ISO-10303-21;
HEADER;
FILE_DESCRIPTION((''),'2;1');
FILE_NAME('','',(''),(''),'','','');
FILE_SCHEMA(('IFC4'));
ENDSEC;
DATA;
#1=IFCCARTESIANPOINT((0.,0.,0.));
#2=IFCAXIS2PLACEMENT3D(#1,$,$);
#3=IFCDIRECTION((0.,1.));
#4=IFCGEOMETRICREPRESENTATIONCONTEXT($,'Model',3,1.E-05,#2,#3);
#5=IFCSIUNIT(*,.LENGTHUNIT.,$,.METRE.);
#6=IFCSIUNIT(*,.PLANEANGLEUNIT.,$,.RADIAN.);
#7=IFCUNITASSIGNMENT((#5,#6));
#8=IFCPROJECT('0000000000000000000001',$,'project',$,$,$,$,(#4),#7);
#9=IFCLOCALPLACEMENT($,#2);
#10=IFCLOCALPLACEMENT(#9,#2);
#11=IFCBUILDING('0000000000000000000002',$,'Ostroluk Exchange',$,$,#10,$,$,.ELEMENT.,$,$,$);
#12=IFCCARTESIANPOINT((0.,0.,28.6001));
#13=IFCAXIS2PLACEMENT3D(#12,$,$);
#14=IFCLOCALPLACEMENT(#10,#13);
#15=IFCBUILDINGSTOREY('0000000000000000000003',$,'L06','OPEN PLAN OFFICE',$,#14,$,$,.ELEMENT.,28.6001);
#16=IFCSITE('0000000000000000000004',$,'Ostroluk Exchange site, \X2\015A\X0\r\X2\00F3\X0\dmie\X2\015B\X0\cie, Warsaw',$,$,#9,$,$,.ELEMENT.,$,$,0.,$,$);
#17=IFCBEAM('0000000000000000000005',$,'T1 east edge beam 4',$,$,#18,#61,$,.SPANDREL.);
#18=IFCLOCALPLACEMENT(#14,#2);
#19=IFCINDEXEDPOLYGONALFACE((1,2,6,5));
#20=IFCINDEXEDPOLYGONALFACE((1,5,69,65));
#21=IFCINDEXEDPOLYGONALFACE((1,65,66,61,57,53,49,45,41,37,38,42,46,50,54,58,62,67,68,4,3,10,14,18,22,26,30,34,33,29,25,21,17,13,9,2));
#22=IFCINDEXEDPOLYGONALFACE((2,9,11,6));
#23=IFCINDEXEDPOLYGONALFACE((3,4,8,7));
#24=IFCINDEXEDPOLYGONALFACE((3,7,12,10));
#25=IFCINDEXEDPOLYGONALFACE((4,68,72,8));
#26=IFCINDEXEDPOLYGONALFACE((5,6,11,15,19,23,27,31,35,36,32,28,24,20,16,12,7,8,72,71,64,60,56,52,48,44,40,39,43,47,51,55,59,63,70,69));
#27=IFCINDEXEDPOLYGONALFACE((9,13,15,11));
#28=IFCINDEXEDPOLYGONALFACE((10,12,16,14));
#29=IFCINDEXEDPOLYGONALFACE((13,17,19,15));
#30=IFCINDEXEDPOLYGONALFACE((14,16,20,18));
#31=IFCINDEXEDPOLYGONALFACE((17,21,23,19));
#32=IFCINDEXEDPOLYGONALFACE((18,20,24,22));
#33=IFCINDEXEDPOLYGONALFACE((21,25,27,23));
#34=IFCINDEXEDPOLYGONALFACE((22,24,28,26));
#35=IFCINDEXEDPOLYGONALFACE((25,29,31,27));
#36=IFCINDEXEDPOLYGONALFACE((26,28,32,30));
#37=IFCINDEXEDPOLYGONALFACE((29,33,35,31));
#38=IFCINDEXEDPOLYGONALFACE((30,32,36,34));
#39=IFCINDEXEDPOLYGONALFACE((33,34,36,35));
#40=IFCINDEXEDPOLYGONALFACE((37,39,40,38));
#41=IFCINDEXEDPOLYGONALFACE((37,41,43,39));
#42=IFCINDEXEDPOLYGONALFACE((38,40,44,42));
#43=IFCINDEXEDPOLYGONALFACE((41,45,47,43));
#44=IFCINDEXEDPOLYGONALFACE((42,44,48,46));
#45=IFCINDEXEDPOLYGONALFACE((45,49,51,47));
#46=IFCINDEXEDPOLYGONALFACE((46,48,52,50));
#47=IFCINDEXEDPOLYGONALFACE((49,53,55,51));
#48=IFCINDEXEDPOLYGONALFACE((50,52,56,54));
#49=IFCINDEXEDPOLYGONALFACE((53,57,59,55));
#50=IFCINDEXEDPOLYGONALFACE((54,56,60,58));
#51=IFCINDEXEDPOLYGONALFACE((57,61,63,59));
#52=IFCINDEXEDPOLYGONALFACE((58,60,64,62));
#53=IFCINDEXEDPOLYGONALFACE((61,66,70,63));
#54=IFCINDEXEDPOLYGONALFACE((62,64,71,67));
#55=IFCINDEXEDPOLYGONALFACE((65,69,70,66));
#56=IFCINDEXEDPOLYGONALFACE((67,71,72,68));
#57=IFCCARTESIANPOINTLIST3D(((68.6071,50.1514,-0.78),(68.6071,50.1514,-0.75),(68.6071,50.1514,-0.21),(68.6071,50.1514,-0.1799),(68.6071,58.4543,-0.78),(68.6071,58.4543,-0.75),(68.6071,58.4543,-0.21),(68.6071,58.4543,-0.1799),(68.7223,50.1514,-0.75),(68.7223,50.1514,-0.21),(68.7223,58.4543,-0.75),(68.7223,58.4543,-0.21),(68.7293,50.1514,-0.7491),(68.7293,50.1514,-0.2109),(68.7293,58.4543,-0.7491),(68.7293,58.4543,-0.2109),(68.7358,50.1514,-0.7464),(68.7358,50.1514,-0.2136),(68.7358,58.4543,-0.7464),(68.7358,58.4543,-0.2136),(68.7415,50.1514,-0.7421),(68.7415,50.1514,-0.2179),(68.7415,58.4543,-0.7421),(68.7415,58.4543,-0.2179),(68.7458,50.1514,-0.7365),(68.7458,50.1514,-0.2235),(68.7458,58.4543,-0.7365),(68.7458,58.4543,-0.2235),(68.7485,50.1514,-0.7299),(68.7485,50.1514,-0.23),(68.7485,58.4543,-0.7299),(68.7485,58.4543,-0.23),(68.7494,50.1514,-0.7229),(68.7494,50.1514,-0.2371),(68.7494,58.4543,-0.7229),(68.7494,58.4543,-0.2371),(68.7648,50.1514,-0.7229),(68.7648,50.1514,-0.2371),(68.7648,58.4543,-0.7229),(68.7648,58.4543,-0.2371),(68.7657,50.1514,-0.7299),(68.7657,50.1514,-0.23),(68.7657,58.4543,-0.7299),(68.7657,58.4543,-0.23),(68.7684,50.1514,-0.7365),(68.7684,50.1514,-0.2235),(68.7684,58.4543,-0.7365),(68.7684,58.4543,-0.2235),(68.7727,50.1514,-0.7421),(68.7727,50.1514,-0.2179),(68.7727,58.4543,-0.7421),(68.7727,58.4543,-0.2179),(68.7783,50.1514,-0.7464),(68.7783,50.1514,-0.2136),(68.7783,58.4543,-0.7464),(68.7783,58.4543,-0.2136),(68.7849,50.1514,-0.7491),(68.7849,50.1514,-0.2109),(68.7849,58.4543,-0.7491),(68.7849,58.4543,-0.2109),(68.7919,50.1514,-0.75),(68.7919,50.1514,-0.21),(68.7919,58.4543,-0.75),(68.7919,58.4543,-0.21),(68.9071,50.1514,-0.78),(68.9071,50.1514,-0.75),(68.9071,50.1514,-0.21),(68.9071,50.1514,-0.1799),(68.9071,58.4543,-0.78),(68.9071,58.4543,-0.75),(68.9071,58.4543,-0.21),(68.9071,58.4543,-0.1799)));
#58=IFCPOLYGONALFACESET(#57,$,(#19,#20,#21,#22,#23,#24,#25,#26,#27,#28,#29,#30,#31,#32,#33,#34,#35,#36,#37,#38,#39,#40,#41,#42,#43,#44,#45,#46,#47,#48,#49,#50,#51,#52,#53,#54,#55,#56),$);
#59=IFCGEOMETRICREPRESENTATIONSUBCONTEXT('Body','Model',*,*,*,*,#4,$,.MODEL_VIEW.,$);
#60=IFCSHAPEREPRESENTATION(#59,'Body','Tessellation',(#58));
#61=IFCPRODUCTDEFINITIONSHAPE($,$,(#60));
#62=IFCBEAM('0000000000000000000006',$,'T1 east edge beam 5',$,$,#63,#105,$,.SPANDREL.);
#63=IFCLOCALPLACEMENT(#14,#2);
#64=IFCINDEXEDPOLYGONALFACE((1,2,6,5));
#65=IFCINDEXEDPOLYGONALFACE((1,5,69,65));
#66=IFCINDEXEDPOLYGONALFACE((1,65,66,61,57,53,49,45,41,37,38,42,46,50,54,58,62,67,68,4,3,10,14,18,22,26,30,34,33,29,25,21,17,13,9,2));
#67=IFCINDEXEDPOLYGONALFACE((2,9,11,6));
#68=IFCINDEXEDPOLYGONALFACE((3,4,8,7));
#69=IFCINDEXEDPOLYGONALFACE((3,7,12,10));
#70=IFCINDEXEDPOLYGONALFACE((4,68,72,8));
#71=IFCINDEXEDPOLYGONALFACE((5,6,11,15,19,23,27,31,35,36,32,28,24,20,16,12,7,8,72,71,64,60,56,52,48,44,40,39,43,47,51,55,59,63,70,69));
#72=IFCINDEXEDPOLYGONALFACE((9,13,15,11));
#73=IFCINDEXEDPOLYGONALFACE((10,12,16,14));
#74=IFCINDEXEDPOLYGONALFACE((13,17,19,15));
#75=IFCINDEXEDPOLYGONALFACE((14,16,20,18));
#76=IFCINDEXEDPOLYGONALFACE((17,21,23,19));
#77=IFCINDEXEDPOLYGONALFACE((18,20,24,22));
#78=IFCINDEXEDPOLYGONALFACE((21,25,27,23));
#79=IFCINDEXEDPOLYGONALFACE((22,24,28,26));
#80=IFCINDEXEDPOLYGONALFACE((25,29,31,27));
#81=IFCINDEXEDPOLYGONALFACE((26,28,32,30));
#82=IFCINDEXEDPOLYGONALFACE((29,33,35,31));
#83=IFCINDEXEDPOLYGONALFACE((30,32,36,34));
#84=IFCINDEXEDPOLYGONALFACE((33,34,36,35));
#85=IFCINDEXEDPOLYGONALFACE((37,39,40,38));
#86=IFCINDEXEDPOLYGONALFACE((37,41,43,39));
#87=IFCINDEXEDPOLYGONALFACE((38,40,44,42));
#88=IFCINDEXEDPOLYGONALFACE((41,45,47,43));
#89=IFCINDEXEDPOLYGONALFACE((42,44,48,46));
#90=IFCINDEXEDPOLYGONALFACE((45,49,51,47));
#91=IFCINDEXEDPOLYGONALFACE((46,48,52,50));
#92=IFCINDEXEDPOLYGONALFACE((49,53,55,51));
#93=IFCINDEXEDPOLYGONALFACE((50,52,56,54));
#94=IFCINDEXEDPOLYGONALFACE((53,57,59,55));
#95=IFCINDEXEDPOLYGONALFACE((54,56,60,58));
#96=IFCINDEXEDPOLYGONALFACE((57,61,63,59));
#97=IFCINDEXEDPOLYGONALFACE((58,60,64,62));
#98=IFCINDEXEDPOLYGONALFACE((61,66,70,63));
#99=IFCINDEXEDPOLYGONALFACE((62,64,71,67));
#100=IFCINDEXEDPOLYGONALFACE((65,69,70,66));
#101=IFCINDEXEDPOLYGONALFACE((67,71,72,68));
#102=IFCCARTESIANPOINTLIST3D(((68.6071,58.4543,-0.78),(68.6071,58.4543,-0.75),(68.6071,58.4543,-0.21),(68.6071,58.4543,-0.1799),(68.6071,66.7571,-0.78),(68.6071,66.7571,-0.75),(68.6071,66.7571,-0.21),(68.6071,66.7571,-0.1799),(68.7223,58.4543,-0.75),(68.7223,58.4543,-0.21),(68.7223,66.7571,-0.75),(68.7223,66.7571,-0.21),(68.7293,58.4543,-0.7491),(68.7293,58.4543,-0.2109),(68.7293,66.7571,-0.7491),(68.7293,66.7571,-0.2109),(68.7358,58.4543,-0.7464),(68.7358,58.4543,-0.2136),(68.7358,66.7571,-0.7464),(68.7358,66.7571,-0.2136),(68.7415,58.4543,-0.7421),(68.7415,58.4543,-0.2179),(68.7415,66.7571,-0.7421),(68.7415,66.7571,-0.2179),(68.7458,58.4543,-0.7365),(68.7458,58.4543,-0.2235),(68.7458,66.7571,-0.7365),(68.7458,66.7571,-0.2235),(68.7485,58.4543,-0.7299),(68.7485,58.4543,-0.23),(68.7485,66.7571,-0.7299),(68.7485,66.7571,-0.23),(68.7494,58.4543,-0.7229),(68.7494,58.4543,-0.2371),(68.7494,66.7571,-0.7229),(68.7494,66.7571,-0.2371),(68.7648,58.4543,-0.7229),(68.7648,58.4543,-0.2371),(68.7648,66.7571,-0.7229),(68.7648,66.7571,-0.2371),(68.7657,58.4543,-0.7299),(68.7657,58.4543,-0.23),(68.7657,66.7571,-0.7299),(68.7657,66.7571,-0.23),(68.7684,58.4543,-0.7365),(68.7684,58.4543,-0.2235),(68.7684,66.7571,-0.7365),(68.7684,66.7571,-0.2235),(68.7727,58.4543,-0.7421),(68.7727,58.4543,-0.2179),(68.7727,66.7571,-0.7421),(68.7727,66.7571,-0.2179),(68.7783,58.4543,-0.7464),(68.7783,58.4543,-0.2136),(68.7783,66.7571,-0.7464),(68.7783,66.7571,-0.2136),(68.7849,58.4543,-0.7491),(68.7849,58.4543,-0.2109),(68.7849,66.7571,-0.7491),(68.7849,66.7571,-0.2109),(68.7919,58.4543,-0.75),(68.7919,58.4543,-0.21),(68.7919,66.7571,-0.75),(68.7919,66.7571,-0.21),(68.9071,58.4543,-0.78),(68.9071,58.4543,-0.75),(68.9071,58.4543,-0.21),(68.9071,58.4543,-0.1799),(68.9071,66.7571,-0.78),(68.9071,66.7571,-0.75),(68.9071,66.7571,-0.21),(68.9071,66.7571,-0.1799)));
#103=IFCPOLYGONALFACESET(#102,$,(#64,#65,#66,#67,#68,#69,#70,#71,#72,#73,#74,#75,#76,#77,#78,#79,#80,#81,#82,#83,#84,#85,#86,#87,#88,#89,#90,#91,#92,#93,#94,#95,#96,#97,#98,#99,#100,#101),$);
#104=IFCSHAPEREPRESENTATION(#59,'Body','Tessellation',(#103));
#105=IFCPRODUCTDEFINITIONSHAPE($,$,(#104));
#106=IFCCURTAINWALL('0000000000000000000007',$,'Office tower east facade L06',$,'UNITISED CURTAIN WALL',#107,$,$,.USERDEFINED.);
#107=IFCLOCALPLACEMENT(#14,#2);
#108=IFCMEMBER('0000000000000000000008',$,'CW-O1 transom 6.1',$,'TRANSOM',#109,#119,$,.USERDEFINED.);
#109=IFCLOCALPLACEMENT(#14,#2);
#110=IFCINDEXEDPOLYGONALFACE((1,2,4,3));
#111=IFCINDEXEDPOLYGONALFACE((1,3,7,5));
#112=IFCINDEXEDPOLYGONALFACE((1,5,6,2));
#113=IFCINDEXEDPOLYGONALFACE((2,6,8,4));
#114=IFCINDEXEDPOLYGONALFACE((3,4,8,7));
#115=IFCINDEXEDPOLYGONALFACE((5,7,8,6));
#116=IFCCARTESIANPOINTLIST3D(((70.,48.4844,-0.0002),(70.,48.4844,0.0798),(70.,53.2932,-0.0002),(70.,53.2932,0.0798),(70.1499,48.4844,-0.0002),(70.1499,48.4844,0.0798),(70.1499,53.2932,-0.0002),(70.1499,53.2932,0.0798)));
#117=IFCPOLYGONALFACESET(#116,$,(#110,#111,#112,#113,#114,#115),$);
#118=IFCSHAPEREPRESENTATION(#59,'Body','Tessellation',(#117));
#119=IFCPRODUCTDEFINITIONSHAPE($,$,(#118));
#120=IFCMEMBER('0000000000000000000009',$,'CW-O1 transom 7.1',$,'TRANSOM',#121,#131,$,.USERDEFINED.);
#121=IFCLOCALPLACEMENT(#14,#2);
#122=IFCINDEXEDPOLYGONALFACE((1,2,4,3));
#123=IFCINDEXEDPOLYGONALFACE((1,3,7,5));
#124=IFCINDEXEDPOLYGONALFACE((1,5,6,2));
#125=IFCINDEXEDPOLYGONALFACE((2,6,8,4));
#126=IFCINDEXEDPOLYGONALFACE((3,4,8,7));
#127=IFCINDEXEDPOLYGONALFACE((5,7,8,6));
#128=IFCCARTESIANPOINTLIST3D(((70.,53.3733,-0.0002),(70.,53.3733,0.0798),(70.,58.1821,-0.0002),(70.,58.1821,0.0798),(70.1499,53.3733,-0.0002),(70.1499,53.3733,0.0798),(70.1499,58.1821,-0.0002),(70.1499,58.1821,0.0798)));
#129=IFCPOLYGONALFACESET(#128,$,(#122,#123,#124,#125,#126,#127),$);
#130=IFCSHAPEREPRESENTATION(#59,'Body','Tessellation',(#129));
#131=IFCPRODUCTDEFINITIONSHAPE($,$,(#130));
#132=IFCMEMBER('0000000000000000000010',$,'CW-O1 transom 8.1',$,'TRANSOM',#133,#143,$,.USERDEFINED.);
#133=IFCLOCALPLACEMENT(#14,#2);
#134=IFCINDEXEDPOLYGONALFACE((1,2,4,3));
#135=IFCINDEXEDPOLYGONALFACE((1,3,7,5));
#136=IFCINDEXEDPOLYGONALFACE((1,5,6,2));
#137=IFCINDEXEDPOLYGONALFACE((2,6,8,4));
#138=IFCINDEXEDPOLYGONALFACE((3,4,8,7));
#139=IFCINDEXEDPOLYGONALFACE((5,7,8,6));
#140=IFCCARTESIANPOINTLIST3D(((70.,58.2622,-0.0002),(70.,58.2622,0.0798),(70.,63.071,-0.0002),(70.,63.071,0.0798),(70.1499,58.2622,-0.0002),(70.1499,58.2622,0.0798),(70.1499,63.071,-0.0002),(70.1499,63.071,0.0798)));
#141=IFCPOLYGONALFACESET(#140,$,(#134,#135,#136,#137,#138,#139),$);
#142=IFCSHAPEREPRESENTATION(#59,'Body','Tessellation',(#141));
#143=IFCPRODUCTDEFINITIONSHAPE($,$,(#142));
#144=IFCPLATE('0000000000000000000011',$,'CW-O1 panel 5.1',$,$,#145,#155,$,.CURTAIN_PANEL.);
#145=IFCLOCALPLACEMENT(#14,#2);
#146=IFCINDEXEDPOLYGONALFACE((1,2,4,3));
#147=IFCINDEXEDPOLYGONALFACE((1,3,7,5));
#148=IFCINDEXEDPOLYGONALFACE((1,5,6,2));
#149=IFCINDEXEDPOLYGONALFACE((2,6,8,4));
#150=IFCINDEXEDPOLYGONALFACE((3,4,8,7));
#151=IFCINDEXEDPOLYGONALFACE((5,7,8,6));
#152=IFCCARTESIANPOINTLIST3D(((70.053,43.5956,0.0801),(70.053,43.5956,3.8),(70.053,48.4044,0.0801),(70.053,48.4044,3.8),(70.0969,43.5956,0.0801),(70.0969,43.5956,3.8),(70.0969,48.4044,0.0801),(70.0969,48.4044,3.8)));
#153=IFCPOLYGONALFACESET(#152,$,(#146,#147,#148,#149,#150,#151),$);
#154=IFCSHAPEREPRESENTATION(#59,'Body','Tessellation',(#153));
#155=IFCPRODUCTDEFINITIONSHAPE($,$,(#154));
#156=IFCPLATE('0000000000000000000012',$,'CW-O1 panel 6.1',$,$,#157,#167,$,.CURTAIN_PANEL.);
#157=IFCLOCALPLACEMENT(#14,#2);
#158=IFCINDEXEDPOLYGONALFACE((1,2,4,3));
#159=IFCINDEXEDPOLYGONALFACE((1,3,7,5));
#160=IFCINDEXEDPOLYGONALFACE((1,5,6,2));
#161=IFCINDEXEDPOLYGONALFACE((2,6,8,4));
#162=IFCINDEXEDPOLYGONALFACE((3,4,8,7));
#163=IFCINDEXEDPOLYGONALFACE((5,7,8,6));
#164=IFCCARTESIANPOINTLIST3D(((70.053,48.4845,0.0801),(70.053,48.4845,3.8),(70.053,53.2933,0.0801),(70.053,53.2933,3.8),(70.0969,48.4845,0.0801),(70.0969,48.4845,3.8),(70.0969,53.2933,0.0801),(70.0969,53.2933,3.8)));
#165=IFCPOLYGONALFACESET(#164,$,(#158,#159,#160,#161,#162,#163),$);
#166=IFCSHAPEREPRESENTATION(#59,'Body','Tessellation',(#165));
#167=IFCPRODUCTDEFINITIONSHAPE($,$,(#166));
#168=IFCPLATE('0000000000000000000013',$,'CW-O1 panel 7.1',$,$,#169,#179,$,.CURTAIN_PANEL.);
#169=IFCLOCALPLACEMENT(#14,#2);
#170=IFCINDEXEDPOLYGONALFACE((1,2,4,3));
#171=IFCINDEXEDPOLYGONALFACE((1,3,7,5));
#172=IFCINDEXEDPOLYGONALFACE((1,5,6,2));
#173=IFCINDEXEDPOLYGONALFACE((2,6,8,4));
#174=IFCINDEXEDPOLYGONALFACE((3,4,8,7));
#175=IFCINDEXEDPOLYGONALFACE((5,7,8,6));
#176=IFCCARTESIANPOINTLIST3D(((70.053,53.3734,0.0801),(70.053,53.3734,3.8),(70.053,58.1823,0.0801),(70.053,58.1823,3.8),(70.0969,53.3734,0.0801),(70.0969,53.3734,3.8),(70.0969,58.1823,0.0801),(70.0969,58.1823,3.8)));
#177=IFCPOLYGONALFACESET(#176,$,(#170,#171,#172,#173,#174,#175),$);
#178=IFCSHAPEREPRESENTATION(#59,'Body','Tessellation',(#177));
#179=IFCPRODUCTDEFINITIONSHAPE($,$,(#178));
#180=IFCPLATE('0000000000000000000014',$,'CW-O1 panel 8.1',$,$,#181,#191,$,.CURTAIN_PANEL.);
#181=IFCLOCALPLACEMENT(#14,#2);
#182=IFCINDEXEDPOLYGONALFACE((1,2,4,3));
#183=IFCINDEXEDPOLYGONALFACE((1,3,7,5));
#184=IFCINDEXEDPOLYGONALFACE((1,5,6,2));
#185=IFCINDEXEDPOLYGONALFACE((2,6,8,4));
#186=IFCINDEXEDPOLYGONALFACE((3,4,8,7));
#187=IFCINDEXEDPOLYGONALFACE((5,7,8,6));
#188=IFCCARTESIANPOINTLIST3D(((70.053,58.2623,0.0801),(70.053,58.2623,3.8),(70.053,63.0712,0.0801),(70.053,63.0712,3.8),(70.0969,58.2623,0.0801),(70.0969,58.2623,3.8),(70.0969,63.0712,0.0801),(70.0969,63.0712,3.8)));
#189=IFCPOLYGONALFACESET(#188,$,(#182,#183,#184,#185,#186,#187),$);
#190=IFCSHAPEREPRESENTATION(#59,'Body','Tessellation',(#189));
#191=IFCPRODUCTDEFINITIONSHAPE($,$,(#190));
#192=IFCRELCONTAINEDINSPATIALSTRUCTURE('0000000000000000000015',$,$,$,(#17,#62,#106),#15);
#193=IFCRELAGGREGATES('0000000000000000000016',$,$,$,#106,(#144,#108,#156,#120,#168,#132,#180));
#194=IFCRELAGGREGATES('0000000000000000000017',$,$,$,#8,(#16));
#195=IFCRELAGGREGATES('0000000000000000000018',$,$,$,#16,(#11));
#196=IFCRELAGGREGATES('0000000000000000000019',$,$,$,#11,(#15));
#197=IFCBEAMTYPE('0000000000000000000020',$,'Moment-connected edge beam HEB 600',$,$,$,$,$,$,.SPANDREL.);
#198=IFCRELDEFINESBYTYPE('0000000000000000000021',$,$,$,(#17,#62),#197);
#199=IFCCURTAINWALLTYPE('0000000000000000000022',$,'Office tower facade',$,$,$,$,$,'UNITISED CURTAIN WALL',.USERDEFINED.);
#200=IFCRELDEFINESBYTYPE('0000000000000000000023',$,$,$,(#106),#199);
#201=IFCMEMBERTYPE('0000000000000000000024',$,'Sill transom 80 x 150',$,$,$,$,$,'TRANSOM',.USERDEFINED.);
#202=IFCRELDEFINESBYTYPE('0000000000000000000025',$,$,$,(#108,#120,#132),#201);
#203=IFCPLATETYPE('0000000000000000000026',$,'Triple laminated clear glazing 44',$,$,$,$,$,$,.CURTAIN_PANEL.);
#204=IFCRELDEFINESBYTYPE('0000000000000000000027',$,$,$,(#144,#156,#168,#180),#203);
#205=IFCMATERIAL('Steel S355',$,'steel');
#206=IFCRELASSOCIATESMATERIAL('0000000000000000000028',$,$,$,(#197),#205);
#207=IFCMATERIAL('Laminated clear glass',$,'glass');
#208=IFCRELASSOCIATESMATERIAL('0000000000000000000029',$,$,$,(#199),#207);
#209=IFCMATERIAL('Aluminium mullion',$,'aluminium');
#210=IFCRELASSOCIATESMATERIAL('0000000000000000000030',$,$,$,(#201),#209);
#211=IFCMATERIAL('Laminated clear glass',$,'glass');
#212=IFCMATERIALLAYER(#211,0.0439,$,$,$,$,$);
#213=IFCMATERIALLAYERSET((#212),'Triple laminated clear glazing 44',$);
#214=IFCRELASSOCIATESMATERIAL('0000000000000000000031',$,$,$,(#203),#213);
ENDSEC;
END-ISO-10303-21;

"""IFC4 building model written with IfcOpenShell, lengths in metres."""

from ifc_helpers import new_model, si_unit, direction, frame, origin, origin_2d, place, context, subcontext, project, spatial, rectangle, i_section, extrude, material, layer, layer_set, material_profile, profile_set, type_object, element, aggregate, save


model = new_model("IFC4")

# Units and contexts
model_context = context("Model", 3, precision=1e-05, world=origin(), true_north=direction((0.0, 1.0)))
body_context = subcontext(model_context, "Body", "Model", "MODEL_VIEW")
ifc_project = project(units=[si_unit("LENGTHUNIT", "METRE"), si_unit("PLANEANGLEUNIT", "RADIAN")], contexts=[model_context])

# Site, building, storey
site_placement = place(None, origin())
site = spatial("IfcSite", under=ifc_project, at=site_placement, Name="Ostroluk Exchange site, Śródmieście, Warsaw", CompositionType="ELEMENT", RefElevation=0.0)
building_placement = place(site_placement, origin())
building = spatial("IfcBuilding", under=site, at=building_placement, Name="Ostroluk Exchange", CompositionType="ELEMENT")
storey_placement = place(building_placement, frame((0.0, 0.0, 28.6001)))
storey = spatial("IfcBuildingStorey", under=building, at=storey_placement, Name="L06", Description="OPEN PLAN OFFICE", CompositionType="ELEMENT", Elevation=28.6001)

# Beams
ifc_material_1 = material(Name="Steel S355", Category="steel")
ifc_material_profile_1 = material_profile(ifc_material_1, i_section(OverallWidth=0.3, OverallDepth=0.6001, WebThickness=0.0154, FlangeThickness=0.03, FilletRadius=0.0271, at=origin_2d()), Name="HEB 600")
ifc_profile_set_1 = profile_set([ifc_material_profile_1], Name="Steel S355")
beam_type_1 = type_object("IfcBeamType", Name="Moment-connected edge beam HEB 600", PredefinedType="SPANDREL", material=ifc_profile_set_1)
beam_1_placement = place(storey_placement, frame((68.7571, 50.1514, -0.48), z_axis=(0.0, 1.0, 0.0), x_axis=(-1.0, 0.0, 0.0)))
element("IfcBeam", 1, at=beam_1_placement, inside=storey, type_object=beam_type_1, Name="T1 east edge beam 4", PredefinedType="SPANDREL", context=body_context, shape_type="SweptSolid", body=[
    extrude(i_section(OverallWidth=0.3, OverallDepth=0.6001, WebThickness=0.0154, FlangeThickness=0.03, FilletRadius=0.0271, at=origin_2d()), origin(), (0.0, 0.0, 1.0), 8.303),
])
beam_2_placement = place(storey_placement, frame((68.7571, 58.4543, -0.48), z_axis=(0.0, 1.0, 0.0), x_axis=(-1.0, 0.0, 0.0)))
element("IfcBeam", 2, at=beam_2_placement, inside=storey, type_object=beam_type_1, Name="T1 east edge beam 5", PredefinedType="SPANDREL", context=body_context, shape_type="SweptSolid", body=[
    extrude(i_section(OverallWidth=0.3, OverallDepth=0.6001, WebThickness=0.0154, FlangeThickness=0.03, FilletRadius=0.0271, at=origin_2d()), origin(), (0.0, 0.0, 1.0), 8.3027),
])

# Curtain wall, members, plates
ifc_material_2 = material(Name="Laminated clear glass", Category="glass")
curtain_wall_type = type_object("IfcCurtainWallType", Name="Office tower facade", ElementType="UNITISED CURTAIN WALL", PredefinedType="USERDEFINED", material=ifc_material_2)
curtain_wall_placement = place(storey_placement, origin())
curtain_wall = element("IfcCurtainWall", 3, at=curtain_wall_placement, inside=storey, type_object=curtain_wall_type, Name="Office tower east facade L06", ObjectType="UNITISED CURTAIN WALL", PredefinedType="USERDEFINED")
ifc_material_3 = material(Name="Aluminium mullion", Category="aluminium")
ifc_material_profile_2 = material_profile(ifc_material_3, rectangle(XDim=0.1499, YDim=0.0801, at=origin_2d()), Name="Sill transom 80 x 150")
ifc_profile_set_2 = profile_set([ifc_material_profile_2], Name="Aluminium mullion")
member_type = type_object("IfcMemberType", Name="Sill transom 80 x 150", ElementType="TRANSOM", PredefinedType="USERDEFINED", material=ifc_profile_set_2)
member_1_placement = place(storey_placement, frame((70.075, 48.4844, 0.0398), z_axis=(0.0, 1.0, 0.0), x_axis=(-1.0, 0.0, 0.0)))
member_1 = element("IfcMember", 4, at=member_1_placement, type_object=member_type, Name="CW-O1 transom 6.1", ObjectType="TRANSOM", PredefinedType="USERDEFINED", context=body_context, shape_type="SweptSolid", body=[
    extrude(rectangle(XDim=0.1499, YDim=0.0801, at=origin_2d()), origin(), (0.0, 0.0, 1.0), 4.8088),
])
member_2_placement = place(storey_placement, frame((70.075, 53.3733, 0.0398), z_axis=(0.0, 1.0, 0.0), x_axis=(-1.0, 0.0, 0.0)))
member_2 = element("IfcMember", 5, at=member_2_placement, type_object=member_type, Name="CW-O1 transom 7.1", ObjectType="TRANSOM", PredefinedType="USERDEFINED", context=body_context, shape_type="SweptSolid", body=[
    extrude(rectangle(XDim=0.1499, YDim=0.0801, at=origin_2d()), origin(), (0.0, 0.0, 1.0), 4.8088),
])
member_3_placement = place(storey_placement, frame((70.075, 58.2622, 0.0398), z_axis=(0.0, 1.0, 0.0), x_axis=(-1.0, 0.0, 0.0)))
member_3 = element("IfcMember", 6, at=member_3_placement, type_object=member_type, Name="CW-O1 transom 8.1", ObjectType="TRANSOM", PredefinedType="USERDEFINED", context=body_context, shape_type="SweptSolid", body=[
    extrude(rectangle(XDim=0.1499, YDim=0.0801, at=origin_2d()), origin(), (0.0, 0.0, 1.0), 4.8088),
])
ifc_material_4 = material(Name="Laminated clear glass", Category="glass")
ifc_layer_1 = layer(ifc_material_4, 0.0439)
ifc_layer_set_1 = layer_set([ifc_layer_1], Name="Triple laminated clear glazing 44")
plate_type = type_object("IfcPlateType", Name="Triple laminated clear glazing 44", PredefinedType="CURTAIN_PANEL", material=ifc_layer_set_1)
plate_1_placement = place(storey_placement, frame((70.075, 46.0, 0.0801), z_axis=(0.0, 0.0, 1.0), x_axis=(0.0, 1.0, 0.0)))
plate_1 = element("IfcPlate", 7, at=plate_1_placement, type_object=plate_type, Name="CW-O1 panel 5.1", PredefinedType="CURTAIN_PANEL", context=body_context, shape_type="SweptSolid", body=[
    extrude(rectangle(XDim=4.8088, YDim=0.0439, at=origin_2d()), origin(), (0.0, 0.0, 1.0), 3.72),
])
plate_2_placement = place(storey_placement, frame((70.075, 50.8889, 0.0801), z_axis=(0.0, 0.0, 1.0), x_axis=(0.0, 1.0, 0.0)))
plate_2 = element("IfcPlate", 8, at=plate_2_placement, type_object=plate_type, Name="CW-O1 panel 6.1", PredefinedType="CURTAIN_PANEL", context=body_context, shape_type="SweptSolid", body=[
    extrude(rectangle(XDim=4.8088, YDim=0.0439, at=origin_2d()), origin(), (0.0, 0.0, 1.0), 3.72),
])
plate_3_placement = place(storey_placement, frame((70.075, 55.7778, 0.0801), z_axis=(0.0, 0.0, 1.0), x_axis=(0.0, 1.0, 0.0)))
plate_3 = element("IfcPlate", 9, at=plate_3_placement, type_object=plate_type, Name="CW-O1 panel 7.1", PredefinedType="CURTAIN_PANEL", context=body_context, shape_type="SweptSolid", body=[
    extrude(rectangle(XDim=4.8088, YDim=0.0439, at=origin_2d()), origin(), (0.0, 0.0, 1.0), 3.72),
])
plate_4_placement = place(storey_placement, frame((70.075, 60.6667, 0.0801), z_axis=(0.0, 0.0, 1.0), x_axis=(0.0, 1.0, 0.0)))
plate_4 = element("IfcPlate", 10, at=plate_4_placement, type_object=plate_type, Name="CW-O1 panel 8.1", PredefinedType="CURTAIN_PANEL", context=body_context, shape_type="SweptSolid", body=[
    extrude(rectangle(XDim=4.8088, YDim=0.0439, at=origin_2d()), origin(), (0.0, 0.0, 1.0), 3.72),
])
aggregate(curtain_wall, [plate_1, member_1, plate_2, member_2, plate_3, member_3, plate_4])

save(model, "model.ifc")
